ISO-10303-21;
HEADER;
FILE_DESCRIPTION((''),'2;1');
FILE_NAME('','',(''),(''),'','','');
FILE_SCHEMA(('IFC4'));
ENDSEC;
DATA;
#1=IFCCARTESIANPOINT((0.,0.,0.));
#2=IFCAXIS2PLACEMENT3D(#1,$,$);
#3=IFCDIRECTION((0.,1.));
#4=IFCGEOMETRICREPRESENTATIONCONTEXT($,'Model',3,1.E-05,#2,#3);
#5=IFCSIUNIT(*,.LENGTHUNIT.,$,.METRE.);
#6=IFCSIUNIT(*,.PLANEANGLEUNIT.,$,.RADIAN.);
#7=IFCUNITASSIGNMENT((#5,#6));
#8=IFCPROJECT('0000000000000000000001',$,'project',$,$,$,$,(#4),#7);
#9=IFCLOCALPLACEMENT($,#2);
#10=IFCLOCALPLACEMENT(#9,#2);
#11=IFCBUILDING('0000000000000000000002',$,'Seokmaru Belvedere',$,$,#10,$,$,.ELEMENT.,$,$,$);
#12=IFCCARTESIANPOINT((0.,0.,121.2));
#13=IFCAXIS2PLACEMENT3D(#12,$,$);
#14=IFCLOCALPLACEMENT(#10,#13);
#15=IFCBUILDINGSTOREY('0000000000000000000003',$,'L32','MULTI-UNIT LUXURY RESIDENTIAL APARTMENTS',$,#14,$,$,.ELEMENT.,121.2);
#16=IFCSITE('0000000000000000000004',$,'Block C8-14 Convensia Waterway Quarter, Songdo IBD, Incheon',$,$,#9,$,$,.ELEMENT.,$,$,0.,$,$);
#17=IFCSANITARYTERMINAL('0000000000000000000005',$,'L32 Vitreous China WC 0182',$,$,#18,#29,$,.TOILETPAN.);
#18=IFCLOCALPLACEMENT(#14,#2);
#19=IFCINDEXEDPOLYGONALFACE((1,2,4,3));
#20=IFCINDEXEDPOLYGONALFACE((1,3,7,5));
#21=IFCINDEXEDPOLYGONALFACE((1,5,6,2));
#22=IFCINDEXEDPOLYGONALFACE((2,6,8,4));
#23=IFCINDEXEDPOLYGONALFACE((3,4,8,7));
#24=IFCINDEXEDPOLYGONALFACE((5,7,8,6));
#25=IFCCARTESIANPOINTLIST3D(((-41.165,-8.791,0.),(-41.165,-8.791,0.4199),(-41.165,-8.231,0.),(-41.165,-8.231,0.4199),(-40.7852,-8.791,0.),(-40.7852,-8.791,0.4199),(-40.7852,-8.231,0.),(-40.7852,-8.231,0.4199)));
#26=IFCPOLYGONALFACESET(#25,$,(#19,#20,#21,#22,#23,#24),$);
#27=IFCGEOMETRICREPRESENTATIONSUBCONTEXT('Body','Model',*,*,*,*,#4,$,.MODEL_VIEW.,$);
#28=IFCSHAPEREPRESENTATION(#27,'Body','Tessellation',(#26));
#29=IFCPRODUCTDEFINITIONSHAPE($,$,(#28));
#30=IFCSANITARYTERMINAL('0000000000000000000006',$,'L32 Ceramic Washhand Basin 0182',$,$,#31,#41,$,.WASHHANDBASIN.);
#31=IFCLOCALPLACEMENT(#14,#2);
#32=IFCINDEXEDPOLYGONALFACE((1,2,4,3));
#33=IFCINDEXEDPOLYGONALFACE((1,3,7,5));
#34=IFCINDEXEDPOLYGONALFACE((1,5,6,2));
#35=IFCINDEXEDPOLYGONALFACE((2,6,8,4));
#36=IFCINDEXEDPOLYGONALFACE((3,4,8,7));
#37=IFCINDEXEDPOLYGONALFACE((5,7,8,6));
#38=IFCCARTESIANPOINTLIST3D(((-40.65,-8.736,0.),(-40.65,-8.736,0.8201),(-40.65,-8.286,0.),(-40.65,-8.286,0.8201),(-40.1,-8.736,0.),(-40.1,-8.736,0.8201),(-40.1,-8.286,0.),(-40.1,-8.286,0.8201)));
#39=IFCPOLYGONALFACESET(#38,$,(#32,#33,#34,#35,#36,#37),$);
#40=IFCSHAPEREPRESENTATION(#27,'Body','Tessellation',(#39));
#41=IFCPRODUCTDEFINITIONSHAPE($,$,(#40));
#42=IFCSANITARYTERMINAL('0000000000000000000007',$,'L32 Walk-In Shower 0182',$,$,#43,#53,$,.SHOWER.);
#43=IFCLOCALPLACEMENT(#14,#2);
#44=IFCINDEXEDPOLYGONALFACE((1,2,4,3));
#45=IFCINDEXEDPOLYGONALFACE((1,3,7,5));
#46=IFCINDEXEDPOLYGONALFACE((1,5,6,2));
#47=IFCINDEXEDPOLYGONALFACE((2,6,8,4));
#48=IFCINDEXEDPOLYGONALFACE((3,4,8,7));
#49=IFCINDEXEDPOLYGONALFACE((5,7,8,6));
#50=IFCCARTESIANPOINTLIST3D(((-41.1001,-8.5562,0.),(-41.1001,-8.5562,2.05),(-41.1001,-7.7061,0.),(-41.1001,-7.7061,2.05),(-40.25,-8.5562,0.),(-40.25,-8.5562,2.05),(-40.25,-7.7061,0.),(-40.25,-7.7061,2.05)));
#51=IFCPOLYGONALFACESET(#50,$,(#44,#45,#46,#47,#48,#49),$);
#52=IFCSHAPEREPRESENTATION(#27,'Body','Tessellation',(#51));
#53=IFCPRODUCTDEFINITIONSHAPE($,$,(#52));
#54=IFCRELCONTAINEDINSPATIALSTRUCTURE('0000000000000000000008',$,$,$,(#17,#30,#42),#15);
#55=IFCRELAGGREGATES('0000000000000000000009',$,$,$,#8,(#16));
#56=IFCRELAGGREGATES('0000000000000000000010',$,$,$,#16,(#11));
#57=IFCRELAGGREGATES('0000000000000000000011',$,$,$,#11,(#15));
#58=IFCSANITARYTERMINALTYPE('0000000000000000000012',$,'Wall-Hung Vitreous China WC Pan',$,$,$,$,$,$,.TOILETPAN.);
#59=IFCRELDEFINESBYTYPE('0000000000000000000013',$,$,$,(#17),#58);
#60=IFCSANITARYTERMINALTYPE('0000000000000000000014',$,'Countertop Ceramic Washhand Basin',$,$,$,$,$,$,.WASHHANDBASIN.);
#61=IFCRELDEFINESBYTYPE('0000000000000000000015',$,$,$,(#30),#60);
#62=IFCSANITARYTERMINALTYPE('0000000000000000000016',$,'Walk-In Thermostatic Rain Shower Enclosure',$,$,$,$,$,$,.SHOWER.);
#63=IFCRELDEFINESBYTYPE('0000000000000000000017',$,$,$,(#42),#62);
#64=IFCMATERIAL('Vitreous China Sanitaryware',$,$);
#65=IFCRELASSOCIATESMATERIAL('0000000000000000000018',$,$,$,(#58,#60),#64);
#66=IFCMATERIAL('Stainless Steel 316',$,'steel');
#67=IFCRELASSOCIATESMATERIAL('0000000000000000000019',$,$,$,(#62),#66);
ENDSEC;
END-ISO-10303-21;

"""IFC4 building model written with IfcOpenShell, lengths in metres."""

from ifc_helpers import new_model, si_unit, direction, frame, origin, origin_2d, place, context, subcontext, project, spatial, rectangle, extrude, source, transform, mapped, material, type_object, type_shapes, element, save


model = new_model("IFC4")

# Units and contexts
model_context = context("Model", 3, precision=1e-05, world=origin(), true_north=direction((0.0, 1.0)))
body_context = subcontext(model_context, "Body", "Model", "MODEL_VIEW")
ifc_project = project(units=[si_unit("LENGTHUNIT", "METRE"), si_unit("PLANEANGLEUNIT", "RADIAN")], contexts=[model_context])

# Site, building, storey
site_placement = place(None, origin())
site = spatial("IfcSite", under=ifc_project, at=site_placement, Name="Block C8-14 Convensia Waterway Quarter, Songdo IBD, Incheon", CompositionType="ELEMENT", RefElevation=0.0)
building_placement = place(site_placement, origin())
building = spatial("IfcBuilding", under=site, at=building_placement, Name="Seokmaru Belvedere", CompositionType="ELEMENT")
storey_placement = place(building_placement, frame((0.0, 0.0, 121.2)))
storey = spatial("IfcBuildingStorey", under=building, at=storey_placement, Name="L32", Description="MULTI-UNIT LUXURY RESIDENTIAL APARTMENTS", CompositionType="ELEMENT", Elevation=121.2)

# Sanitary terminals
ifc_material_1 = material(Name="Vitreous China Sanitaryware")
sanitary_terminal_type_1 = type_object("IfcSanitaryTerminalType", Name="Wall-Hung Vitreous China WC Pan", PredefinedType="TOILETPAN", material=ifc_material_1)
shared_shape_1 = source(origin(), body_context, "Body", "SweptSolid", [
    extrude(rectangle(XDim=0.3799, YDim=0.5601, at=origin_2d()), origin(), (0.0, 0.0, 1.0), 0.4199),
])
type_shapes(sanitary_terminal_type_1, [shared_shape_1])
sanitary_terminal_1_placement = place(storey_placement, frame((-40.9751, -8.511, 0.0), z_axis=(0.0, 0.0, 1.0), x_axis=(1.0, 0.0, 0.0)))
element("IfcSanitaryTerminal", 1, at=sanitary_terminal_1_placement, inside=storey, type_object=sanitary_terminal_type_1, Name="L32 Vitreous China WC 0182", PredefinedType="TOILETPAN", context=body_context, shape_type="MappedRepresentation", body=[
    mapped(shared_shape_1, transform((0.0, 0.0, 0.0), scale=1.0)),
])
sanitary_terminal_type_2 = type_object("IfcSanitaryTerminalType", Name="Countertop Ceramic Washhand Basin", PredefinedType="WASHHANDBASIN", material=ifc_material_1)
shared_shape_2 = source(origin(), body_context, "Body", "SweptSolid", [
    extrude(rectangle(XDim=0.55, YDim=0.45, at=origin_2d()), origin(), (0.0, 0.0, 1.0), 0.8201),
])
type_shapes(sanitary_terminal_type_2, [shared_shape_2])
sanitary_terminal_2_placement = place(storey_placement, frame((-40.375, -8.511, 0.0), z_axis=(0.0, 0.0, 1.0), x_axis=(1.0, 0.0, 0.0)))
element("IfcSanitaryTerminal", 2, at=sanitary_terminal_2_placement, inside=storey, type_object=sanitary_terminal_type_2, Name="L32 Ceramic Washhand Basin 0182", PredefinedType="WASHHANDBASIN", context=body_context, shape_type="MappedRepresentation", body=[
    mapped(shared_shape_2, transform((0.0, 0.0, 0.0), scale=1.0)),
])
ifc_material_2 = material(Name="Stainless Steel 316", Category="steel")
sanitary_terminal_type_3 = type_object("IfcSanitaryTerminalType", Name="Walk-In Thermostatic Rain Shower Enclosure", PredefinedType="SHOWER", material=ifc_material_2)
shared_shape_3 = source(origin(), body_context, "Body", "SweptSolid", [
    extrude(rectangle(XDim=0.8501, YDim=0.8501, at=origin_2d()), origin(), (0.0, 0.0, 1.0), 2.05),
])
type_shapes(sanitary_terminal_type_3, [shared_shape_3])
sanitary_terminal_3_placement = place(storey_placement, frame((-40.675, -8.1311, 0.0), z_axis=(0.0, 0.0, 1.0), x_axis=(1.0, 0.0, 0.0)))
element("IfcSanitaryTerminal", 3, at=sanitary_terminal_3_placement, inside=storey, type_object=sanitary_terminal_type_3, Name="L32 Walk-In Shower 0182", PredefinedType="SHOWER", context=body_context, shape_type="MappedRepresentation", body=[
    mapped(shared_shape_3, transform((0.0, 0.0, 0.0), scale=1.0)),
])

save(model, "model.ifc")
